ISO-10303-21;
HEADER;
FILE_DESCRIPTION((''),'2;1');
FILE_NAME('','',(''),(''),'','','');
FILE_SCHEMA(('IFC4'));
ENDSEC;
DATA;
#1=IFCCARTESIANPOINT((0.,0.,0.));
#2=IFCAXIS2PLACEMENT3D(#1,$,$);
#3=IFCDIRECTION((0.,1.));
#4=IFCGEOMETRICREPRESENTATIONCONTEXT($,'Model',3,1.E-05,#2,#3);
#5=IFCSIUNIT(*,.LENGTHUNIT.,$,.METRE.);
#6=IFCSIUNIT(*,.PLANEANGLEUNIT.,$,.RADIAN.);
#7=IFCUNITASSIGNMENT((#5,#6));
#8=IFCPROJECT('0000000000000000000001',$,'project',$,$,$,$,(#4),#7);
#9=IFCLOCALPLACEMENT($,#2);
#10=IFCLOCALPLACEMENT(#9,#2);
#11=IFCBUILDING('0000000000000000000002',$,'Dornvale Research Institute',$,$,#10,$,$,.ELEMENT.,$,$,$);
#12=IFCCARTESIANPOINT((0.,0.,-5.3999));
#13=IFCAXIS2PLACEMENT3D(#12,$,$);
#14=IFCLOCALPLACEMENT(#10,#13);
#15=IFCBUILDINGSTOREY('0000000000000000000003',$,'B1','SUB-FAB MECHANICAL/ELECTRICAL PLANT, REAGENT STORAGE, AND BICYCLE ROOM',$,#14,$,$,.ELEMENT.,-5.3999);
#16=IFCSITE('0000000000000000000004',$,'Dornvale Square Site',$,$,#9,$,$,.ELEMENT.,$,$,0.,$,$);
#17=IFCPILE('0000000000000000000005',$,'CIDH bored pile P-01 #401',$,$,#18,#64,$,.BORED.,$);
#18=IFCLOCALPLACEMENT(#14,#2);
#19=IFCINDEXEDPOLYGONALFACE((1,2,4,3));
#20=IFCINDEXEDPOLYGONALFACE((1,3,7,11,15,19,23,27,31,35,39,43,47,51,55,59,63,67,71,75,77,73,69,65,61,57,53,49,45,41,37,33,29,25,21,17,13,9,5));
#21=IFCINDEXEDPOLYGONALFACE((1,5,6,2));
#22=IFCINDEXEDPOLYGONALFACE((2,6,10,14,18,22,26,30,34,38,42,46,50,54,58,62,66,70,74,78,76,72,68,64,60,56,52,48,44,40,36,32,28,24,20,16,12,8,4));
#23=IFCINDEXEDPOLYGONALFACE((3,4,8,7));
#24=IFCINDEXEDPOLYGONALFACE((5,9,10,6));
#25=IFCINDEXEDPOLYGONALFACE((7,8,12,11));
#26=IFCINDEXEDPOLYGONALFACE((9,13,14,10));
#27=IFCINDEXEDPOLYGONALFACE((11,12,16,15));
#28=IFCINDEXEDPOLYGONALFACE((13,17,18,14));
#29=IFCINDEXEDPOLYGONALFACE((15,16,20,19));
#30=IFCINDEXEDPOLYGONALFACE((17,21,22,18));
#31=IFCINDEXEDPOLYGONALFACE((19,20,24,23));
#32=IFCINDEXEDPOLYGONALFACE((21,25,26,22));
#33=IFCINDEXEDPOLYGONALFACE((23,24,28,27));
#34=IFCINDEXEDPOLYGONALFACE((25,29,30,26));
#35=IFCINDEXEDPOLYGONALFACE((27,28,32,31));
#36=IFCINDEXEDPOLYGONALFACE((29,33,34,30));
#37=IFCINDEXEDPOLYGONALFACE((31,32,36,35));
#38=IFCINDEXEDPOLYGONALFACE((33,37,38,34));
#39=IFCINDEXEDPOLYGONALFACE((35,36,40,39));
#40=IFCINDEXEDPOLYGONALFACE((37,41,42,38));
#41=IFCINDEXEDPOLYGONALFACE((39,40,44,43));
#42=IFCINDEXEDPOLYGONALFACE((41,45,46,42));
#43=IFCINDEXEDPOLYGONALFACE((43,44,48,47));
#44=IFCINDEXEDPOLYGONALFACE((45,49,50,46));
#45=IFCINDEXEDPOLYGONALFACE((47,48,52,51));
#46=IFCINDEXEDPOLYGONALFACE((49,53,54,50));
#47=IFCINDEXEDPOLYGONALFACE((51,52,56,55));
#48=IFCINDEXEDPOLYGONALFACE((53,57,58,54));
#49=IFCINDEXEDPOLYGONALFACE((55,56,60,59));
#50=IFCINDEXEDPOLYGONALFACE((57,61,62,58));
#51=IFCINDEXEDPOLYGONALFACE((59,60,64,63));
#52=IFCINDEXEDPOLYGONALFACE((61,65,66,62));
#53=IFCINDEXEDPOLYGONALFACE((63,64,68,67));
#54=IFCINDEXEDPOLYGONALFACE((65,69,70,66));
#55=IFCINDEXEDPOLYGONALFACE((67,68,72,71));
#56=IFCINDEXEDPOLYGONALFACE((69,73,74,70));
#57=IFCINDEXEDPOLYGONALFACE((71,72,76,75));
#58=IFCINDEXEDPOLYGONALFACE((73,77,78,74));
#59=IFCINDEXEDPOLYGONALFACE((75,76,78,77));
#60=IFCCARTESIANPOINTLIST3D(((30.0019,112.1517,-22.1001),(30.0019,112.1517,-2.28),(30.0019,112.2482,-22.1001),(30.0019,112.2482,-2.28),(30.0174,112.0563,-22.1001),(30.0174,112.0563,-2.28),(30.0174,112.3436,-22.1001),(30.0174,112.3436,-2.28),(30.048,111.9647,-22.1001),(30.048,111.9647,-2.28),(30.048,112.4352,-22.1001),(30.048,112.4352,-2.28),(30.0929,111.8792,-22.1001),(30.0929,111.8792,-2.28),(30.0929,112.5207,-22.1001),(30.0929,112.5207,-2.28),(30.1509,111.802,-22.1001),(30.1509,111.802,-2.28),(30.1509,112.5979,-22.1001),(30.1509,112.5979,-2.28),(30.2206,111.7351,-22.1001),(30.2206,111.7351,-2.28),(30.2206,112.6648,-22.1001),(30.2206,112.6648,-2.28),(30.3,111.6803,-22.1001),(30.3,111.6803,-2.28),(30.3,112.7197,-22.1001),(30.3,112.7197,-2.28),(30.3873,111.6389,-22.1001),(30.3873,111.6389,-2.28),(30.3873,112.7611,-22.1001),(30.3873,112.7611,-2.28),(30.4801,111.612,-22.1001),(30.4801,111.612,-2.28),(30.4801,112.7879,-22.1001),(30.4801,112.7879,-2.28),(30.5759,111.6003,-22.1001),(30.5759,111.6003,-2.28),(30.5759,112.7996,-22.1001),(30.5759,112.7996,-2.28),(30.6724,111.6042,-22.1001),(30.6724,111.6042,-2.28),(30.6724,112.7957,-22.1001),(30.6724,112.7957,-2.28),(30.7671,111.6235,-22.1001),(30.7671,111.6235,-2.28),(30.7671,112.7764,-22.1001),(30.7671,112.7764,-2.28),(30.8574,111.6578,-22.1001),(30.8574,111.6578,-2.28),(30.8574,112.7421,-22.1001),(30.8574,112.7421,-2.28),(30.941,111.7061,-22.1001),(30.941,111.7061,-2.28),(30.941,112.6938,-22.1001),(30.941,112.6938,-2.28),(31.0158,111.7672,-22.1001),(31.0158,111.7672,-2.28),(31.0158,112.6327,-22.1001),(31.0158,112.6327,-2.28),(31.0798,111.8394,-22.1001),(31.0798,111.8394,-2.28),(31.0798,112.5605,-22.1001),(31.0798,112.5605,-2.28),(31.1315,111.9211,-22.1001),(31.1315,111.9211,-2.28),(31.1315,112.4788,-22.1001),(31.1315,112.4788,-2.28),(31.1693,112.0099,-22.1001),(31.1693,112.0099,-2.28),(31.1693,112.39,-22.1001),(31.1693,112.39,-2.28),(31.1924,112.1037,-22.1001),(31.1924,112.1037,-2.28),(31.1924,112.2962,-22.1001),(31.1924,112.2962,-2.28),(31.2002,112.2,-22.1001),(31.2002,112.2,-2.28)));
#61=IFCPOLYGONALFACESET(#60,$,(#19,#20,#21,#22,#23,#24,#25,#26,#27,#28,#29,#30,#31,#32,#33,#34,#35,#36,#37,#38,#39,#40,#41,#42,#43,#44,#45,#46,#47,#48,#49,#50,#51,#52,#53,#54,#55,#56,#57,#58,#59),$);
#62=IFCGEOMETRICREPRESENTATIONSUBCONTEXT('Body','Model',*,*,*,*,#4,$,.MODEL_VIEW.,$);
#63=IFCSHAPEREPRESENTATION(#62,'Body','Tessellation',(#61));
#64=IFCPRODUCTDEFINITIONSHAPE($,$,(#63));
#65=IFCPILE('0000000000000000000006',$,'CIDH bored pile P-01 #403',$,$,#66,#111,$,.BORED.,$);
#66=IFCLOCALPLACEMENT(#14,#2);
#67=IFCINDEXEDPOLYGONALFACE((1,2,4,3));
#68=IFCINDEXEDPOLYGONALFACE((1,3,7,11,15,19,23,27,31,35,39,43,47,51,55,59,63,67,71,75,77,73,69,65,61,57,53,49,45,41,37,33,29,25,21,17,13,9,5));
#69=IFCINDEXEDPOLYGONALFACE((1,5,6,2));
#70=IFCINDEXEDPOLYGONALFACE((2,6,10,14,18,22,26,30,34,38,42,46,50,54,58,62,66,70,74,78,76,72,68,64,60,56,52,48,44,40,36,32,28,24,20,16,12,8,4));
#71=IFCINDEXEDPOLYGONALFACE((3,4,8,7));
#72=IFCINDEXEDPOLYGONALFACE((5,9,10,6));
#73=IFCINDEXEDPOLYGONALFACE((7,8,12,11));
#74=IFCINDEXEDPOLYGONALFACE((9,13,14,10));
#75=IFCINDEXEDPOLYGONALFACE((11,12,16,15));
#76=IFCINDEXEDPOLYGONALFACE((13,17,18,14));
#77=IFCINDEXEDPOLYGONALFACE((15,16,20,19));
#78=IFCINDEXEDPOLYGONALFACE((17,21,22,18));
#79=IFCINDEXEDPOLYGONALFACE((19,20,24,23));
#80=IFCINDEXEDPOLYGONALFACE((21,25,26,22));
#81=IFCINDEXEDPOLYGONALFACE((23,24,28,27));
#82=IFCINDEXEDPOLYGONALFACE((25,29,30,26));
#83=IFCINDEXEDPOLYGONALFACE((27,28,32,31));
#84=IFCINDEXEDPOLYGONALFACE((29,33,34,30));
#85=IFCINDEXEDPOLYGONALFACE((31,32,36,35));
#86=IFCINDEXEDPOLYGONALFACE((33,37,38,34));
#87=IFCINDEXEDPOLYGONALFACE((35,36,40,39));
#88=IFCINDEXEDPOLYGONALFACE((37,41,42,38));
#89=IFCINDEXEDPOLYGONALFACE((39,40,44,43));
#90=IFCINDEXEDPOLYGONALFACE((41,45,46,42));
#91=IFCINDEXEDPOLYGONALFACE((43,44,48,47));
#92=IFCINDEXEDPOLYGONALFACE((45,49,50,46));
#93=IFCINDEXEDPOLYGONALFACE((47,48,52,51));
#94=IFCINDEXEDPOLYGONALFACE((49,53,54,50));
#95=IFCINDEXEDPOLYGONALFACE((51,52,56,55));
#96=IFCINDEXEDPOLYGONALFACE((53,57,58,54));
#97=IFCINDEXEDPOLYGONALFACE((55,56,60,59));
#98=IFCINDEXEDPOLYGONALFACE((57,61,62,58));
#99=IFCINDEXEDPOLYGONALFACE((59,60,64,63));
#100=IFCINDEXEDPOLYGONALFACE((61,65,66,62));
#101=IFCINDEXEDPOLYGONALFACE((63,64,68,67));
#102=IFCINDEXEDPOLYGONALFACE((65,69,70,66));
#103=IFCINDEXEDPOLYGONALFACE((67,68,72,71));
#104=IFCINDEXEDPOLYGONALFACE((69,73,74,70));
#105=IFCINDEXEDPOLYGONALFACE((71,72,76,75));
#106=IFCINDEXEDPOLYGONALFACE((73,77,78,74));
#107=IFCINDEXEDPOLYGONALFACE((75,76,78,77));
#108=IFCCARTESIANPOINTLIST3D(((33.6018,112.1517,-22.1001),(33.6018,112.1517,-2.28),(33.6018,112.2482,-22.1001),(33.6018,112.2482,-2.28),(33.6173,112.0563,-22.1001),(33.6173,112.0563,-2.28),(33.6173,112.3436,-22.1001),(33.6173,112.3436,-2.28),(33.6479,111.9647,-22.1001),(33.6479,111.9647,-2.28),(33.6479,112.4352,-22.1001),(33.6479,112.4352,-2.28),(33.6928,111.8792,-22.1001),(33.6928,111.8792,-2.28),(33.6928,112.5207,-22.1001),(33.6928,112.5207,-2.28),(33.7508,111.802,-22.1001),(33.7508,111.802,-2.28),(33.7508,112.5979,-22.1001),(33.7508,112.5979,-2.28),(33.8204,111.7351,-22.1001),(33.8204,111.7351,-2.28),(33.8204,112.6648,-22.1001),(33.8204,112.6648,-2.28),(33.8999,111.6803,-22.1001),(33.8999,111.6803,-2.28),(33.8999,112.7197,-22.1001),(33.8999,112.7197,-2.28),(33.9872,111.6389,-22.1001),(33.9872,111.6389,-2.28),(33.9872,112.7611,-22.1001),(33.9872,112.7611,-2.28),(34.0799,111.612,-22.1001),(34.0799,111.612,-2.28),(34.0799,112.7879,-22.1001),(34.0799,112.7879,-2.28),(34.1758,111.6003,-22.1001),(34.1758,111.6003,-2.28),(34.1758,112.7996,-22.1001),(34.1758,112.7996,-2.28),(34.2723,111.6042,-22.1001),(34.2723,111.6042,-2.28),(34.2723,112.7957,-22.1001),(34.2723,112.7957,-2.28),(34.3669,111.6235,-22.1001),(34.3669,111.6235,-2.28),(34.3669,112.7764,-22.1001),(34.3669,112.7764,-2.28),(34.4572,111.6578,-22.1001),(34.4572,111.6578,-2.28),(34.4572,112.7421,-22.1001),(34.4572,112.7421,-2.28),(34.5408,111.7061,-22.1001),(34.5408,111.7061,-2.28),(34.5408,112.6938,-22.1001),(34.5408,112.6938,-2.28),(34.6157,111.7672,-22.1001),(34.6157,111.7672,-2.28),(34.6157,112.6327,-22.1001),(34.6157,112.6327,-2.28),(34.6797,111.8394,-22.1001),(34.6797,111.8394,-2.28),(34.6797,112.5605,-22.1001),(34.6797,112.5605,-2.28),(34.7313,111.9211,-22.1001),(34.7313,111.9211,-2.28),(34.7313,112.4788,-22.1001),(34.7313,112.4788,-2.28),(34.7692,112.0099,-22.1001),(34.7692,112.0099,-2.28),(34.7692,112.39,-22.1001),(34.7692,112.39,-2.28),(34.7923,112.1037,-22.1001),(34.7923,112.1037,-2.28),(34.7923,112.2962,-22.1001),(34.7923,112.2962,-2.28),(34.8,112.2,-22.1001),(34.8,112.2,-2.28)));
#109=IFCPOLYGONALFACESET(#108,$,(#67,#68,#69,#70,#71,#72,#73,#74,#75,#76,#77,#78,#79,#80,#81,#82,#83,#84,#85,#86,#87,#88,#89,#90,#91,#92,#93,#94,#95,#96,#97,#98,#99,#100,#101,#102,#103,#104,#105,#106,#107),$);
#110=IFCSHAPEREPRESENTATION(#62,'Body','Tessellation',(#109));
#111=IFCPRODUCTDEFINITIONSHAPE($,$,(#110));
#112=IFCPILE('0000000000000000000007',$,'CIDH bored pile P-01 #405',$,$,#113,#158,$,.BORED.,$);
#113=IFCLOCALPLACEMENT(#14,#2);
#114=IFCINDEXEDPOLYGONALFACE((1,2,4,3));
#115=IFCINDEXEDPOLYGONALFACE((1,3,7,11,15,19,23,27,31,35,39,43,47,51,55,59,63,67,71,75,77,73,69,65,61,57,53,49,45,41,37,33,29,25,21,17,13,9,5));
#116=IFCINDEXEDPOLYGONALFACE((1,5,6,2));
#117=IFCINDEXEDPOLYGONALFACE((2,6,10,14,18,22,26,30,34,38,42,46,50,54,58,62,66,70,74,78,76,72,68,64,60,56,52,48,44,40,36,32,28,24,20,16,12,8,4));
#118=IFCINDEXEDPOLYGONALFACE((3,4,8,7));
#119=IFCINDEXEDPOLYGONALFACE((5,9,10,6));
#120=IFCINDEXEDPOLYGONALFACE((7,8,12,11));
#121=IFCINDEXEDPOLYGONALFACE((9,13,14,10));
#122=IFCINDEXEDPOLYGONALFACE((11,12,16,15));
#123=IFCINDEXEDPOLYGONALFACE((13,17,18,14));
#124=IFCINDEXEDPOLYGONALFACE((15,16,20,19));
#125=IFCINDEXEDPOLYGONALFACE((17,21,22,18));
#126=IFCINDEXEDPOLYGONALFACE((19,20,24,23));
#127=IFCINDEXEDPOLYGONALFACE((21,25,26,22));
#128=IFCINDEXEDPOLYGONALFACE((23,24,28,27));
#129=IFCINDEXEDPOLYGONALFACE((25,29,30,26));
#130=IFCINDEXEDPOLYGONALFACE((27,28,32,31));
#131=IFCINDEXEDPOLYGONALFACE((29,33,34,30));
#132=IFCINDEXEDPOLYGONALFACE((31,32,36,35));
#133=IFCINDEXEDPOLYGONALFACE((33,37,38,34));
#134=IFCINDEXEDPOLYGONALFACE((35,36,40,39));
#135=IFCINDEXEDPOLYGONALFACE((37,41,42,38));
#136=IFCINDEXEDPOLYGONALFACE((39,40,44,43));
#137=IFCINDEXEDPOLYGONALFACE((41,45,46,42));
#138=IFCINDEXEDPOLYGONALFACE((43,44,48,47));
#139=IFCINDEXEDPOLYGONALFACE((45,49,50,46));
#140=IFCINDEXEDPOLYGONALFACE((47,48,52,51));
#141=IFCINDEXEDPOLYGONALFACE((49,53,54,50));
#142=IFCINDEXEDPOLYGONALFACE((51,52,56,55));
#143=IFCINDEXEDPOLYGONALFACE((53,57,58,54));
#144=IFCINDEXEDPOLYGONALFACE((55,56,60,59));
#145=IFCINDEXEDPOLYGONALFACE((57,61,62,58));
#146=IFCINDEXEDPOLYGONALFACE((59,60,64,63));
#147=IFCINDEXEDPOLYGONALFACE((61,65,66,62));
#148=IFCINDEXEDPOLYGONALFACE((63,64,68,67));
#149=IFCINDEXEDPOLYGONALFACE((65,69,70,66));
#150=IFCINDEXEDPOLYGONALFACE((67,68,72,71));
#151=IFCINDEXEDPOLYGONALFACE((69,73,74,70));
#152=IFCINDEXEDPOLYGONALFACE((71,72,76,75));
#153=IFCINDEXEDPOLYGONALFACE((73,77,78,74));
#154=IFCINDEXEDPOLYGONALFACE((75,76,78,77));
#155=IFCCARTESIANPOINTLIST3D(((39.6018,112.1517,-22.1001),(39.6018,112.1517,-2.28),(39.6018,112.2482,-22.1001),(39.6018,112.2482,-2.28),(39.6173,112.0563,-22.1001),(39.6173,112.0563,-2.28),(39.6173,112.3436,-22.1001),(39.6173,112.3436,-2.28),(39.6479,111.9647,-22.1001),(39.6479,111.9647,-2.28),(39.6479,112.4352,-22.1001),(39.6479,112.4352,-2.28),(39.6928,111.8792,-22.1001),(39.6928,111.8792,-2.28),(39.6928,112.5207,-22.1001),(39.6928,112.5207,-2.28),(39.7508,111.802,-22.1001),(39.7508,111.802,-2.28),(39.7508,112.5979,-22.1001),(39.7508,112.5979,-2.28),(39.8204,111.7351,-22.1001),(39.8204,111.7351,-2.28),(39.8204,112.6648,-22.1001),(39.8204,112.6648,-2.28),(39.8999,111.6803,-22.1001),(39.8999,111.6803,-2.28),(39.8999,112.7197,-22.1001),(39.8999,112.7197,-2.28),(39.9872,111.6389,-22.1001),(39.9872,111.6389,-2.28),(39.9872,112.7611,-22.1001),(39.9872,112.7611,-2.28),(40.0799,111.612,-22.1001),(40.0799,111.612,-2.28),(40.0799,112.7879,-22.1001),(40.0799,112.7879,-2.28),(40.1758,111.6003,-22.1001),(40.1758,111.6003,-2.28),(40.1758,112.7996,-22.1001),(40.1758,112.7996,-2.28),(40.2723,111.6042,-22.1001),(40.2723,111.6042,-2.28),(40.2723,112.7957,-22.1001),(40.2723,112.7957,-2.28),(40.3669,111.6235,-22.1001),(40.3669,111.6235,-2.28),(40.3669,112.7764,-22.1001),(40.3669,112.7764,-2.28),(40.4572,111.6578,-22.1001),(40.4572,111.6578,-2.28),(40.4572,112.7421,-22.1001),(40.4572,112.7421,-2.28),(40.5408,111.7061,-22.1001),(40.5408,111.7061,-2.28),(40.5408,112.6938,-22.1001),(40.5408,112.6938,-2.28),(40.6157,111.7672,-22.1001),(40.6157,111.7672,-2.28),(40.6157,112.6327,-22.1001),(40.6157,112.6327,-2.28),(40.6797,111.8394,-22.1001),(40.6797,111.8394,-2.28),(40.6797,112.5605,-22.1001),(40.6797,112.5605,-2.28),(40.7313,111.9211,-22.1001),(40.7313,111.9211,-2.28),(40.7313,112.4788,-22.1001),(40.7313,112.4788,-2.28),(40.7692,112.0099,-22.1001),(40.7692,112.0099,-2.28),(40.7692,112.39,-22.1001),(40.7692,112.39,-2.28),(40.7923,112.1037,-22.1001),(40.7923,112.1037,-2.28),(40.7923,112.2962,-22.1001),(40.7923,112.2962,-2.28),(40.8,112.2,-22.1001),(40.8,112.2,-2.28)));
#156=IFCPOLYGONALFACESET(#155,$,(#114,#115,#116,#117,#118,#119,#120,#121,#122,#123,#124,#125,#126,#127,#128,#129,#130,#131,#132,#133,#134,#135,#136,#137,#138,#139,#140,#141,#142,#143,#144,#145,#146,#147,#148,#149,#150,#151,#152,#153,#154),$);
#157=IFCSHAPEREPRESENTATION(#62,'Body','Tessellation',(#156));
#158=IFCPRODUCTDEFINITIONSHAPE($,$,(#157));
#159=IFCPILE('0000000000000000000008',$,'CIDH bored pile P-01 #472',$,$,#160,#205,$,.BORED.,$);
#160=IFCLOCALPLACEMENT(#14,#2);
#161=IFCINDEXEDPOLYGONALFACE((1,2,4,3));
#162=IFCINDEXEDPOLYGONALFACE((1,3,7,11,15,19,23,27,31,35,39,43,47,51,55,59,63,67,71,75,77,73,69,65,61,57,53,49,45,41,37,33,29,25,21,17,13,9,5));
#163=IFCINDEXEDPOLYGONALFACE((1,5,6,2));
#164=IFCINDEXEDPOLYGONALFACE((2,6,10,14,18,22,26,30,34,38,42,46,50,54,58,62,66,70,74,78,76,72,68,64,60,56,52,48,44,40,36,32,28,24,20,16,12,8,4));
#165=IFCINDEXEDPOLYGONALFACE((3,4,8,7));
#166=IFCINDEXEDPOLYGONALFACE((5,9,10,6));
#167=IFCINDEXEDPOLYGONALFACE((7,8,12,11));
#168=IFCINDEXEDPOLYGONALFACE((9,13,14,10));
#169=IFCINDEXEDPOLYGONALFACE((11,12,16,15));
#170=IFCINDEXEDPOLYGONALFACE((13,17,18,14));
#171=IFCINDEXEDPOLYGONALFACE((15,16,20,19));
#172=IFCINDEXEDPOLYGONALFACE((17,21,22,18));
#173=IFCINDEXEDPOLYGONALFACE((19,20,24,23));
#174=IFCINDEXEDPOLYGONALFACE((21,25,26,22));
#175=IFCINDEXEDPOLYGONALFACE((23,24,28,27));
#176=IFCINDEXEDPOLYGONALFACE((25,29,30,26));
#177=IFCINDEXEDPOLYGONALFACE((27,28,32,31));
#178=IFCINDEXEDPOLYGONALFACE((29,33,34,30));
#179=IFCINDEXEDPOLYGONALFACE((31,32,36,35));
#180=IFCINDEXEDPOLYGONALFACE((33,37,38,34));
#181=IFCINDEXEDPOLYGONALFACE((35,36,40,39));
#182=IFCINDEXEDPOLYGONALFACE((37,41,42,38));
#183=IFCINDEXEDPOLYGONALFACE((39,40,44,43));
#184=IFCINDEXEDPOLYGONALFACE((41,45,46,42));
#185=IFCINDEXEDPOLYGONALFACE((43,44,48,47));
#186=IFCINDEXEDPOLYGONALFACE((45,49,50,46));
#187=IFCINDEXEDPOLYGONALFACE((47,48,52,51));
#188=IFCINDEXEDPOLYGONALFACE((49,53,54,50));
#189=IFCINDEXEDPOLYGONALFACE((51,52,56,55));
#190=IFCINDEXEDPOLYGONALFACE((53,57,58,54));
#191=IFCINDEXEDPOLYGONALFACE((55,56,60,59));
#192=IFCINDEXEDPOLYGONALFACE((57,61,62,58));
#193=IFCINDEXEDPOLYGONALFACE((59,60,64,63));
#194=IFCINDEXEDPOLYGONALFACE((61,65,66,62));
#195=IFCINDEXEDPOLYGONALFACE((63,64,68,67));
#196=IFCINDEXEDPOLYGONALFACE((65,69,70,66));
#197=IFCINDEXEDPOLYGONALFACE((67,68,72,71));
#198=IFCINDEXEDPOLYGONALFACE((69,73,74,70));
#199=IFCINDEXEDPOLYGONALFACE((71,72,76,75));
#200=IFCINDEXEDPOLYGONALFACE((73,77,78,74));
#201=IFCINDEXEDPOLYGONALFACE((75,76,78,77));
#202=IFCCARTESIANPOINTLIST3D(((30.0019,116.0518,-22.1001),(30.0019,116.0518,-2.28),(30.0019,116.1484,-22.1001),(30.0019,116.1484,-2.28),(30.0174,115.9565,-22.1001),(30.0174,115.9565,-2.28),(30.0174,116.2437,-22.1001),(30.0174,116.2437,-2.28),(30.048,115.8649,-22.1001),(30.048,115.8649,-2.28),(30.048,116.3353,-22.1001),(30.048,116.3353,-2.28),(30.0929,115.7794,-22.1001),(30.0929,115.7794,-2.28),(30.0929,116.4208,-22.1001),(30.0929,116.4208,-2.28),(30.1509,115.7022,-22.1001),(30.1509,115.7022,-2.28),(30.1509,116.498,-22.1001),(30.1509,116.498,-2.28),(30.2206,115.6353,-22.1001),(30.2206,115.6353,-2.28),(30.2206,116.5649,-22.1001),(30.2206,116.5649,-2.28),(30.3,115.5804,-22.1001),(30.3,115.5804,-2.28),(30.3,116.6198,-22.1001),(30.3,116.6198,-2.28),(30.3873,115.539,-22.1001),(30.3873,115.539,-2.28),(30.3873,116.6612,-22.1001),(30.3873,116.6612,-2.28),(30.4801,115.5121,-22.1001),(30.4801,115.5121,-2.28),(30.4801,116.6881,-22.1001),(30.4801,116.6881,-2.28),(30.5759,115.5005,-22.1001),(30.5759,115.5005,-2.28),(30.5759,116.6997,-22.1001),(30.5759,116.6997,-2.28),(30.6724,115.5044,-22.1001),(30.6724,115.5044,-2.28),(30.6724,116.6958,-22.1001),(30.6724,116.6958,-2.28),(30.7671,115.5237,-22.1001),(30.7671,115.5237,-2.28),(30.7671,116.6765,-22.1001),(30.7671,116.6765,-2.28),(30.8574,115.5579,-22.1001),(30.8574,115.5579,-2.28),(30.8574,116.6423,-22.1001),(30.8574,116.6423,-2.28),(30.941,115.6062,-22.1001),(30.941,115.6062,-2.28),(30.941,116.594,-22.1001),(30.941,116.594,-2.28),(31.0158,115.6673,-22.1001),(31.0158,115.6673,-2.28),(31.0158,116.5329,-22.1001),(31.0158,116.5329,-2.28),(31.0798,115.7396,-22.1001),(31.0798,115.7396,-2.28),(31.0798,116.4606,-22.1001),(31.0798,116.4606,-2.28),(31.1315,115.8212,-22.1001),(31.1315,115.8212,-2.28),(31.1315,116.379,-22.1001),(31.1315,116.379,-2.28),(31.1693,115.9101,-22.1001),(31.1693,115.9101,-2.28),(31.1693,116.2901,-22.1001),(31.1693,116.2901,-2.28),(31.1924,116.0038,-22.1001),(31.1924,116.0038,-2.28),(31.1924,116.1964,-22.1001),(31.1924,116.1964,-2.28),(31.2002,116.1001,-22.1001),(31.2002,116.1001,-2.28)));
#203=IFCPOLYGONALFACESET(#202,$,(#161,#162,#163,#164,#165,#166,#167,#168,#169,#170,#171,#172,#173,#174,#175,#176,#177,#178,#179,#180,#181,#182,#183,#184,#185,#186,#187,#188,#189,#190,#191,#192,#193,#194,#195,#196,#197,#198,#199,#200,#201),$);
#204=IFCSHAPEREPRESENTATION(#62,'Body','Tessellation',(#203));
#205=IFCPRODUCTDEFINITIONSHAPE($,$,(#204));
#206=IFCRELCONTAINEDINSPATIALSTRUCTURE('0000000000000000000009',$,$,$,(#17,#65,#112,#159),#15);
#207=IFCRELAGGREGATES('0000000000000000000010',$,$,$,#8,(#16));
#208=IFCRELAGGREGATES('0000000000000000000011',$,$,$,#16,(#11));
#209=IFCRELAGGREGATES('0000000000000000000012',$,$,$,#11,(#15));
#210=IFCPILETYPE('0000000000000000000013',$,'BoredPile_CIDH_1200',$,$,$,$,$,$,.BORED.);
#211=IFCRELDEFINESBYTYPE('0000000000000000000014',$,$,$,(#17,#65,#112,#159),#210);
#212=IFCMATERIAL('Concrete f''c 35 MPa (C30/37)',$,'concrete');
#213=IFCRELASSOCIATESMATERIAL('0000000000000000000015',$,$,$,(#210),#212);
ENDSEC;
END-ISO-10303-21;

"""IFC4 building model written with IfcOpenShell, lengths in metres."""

from ifc_helpers import new_model, si_unit, direction, frame, origin, origin_2d, place, context, subcontext, project, spatial, circle, extrude, material, material_profile, profile_set, type_object, element, save


model = new_model("IFC4")

# Units and contexts
model_context = context("Model", 3, precision=1e-05, world=origin(), true_north=direction((0.0, 1.0)))
body_context = subcontext(model_context, "Body", "Model", "MODEL_VIEW")
ifc_project = project(units=[si_unit("LENGTHUNIT", "METRE"), si_unit("PLANEANGLEUNIT", "RADIAN")], contexts=[model_context])

# Site, building, storey
site_placement = place(None, origin())
site = spatial("IfcSite", under=ifc_project, at=site_placement, Name="Dornvale Square Site", CompositionType="ELEMENT", RefElevation=0.0)
building_placement = place(site_placement, origin())
building = spatial("IfcBuilding", under=site, at=building_placement, Name="Dornvale Research Institute", CompositionType="ELEMENT")
storey_placement = place(building_placement, frame((0.0, 0.0, -5.3999)))
storey = spatial("IfcBuildingStorey", under=building, at=storey_placement, Name="B1", Description="SUB-FAB MECHANICAL/ELECTRICAL PLANT, REAGENT STORAGE, AND BICYCLE ROOM", CompositionType="ELEMENT", Elevation=-5.3999)

# Piles
ifc_material_1 = material(Name="Concrete f'c 35 MPa (C30/37)", Category="concrete")
ifc_material_profile_1 = material_profile(ifc_material_1, circle(Radius=0.6001, at=origin_2d()), Name="CIDH PILE D1200")
ifc_profile_set_1 = profile_set([ifc_material_profile_1], Name="Concrete f'c 35 MPa (C30/37)")
pile_type = type_object("IfcPileType", Name="BoredPile_CIDH_1200", PredefinedType="BORED", material=ifc_profile_set_1)
for number, where, z_axis, x_axis, name in (
    (1, (30.6001, 112.2, -2.28), (0.0, 0.0, -1.0), (1.0, 0.0, 0.0), "CIDH bored pile P-01 #401"),
    (2, (34.2, 112.2, -2.28), (0.0, 0.0, -1.0), (1.0, 0.0, 0.0), "CIDH bored pile P-01 #403"),
    (3, (40.2, 112.2, -2.28), (0.0, 0.0, -1.0), (1.0, 0.0, 0.0), "CIDH bored pile P-01 #405"),
    (4, (30.6001, 116.1001, -2.28), (0.0, 0.0, -1.0), (1.0, 0.0, 0.0), "CIDH bored pile P-01 #472"),
):
    element("IfcPile", number, at=place(storey_placement, frame(where, z_axis=z_axis, x_axis=x_axis)), inside=storey, type_object=pile_type, Name=name, PredefinedType="BORED", context=body_context, shape_type="SweptSolid", body=[
        extrude(circle(Radius=0.6001, at=origin_2d()), origin(), (0.0, 0.0, 1.0), 19.8201),
    ])

save(model, "model.ifc")
